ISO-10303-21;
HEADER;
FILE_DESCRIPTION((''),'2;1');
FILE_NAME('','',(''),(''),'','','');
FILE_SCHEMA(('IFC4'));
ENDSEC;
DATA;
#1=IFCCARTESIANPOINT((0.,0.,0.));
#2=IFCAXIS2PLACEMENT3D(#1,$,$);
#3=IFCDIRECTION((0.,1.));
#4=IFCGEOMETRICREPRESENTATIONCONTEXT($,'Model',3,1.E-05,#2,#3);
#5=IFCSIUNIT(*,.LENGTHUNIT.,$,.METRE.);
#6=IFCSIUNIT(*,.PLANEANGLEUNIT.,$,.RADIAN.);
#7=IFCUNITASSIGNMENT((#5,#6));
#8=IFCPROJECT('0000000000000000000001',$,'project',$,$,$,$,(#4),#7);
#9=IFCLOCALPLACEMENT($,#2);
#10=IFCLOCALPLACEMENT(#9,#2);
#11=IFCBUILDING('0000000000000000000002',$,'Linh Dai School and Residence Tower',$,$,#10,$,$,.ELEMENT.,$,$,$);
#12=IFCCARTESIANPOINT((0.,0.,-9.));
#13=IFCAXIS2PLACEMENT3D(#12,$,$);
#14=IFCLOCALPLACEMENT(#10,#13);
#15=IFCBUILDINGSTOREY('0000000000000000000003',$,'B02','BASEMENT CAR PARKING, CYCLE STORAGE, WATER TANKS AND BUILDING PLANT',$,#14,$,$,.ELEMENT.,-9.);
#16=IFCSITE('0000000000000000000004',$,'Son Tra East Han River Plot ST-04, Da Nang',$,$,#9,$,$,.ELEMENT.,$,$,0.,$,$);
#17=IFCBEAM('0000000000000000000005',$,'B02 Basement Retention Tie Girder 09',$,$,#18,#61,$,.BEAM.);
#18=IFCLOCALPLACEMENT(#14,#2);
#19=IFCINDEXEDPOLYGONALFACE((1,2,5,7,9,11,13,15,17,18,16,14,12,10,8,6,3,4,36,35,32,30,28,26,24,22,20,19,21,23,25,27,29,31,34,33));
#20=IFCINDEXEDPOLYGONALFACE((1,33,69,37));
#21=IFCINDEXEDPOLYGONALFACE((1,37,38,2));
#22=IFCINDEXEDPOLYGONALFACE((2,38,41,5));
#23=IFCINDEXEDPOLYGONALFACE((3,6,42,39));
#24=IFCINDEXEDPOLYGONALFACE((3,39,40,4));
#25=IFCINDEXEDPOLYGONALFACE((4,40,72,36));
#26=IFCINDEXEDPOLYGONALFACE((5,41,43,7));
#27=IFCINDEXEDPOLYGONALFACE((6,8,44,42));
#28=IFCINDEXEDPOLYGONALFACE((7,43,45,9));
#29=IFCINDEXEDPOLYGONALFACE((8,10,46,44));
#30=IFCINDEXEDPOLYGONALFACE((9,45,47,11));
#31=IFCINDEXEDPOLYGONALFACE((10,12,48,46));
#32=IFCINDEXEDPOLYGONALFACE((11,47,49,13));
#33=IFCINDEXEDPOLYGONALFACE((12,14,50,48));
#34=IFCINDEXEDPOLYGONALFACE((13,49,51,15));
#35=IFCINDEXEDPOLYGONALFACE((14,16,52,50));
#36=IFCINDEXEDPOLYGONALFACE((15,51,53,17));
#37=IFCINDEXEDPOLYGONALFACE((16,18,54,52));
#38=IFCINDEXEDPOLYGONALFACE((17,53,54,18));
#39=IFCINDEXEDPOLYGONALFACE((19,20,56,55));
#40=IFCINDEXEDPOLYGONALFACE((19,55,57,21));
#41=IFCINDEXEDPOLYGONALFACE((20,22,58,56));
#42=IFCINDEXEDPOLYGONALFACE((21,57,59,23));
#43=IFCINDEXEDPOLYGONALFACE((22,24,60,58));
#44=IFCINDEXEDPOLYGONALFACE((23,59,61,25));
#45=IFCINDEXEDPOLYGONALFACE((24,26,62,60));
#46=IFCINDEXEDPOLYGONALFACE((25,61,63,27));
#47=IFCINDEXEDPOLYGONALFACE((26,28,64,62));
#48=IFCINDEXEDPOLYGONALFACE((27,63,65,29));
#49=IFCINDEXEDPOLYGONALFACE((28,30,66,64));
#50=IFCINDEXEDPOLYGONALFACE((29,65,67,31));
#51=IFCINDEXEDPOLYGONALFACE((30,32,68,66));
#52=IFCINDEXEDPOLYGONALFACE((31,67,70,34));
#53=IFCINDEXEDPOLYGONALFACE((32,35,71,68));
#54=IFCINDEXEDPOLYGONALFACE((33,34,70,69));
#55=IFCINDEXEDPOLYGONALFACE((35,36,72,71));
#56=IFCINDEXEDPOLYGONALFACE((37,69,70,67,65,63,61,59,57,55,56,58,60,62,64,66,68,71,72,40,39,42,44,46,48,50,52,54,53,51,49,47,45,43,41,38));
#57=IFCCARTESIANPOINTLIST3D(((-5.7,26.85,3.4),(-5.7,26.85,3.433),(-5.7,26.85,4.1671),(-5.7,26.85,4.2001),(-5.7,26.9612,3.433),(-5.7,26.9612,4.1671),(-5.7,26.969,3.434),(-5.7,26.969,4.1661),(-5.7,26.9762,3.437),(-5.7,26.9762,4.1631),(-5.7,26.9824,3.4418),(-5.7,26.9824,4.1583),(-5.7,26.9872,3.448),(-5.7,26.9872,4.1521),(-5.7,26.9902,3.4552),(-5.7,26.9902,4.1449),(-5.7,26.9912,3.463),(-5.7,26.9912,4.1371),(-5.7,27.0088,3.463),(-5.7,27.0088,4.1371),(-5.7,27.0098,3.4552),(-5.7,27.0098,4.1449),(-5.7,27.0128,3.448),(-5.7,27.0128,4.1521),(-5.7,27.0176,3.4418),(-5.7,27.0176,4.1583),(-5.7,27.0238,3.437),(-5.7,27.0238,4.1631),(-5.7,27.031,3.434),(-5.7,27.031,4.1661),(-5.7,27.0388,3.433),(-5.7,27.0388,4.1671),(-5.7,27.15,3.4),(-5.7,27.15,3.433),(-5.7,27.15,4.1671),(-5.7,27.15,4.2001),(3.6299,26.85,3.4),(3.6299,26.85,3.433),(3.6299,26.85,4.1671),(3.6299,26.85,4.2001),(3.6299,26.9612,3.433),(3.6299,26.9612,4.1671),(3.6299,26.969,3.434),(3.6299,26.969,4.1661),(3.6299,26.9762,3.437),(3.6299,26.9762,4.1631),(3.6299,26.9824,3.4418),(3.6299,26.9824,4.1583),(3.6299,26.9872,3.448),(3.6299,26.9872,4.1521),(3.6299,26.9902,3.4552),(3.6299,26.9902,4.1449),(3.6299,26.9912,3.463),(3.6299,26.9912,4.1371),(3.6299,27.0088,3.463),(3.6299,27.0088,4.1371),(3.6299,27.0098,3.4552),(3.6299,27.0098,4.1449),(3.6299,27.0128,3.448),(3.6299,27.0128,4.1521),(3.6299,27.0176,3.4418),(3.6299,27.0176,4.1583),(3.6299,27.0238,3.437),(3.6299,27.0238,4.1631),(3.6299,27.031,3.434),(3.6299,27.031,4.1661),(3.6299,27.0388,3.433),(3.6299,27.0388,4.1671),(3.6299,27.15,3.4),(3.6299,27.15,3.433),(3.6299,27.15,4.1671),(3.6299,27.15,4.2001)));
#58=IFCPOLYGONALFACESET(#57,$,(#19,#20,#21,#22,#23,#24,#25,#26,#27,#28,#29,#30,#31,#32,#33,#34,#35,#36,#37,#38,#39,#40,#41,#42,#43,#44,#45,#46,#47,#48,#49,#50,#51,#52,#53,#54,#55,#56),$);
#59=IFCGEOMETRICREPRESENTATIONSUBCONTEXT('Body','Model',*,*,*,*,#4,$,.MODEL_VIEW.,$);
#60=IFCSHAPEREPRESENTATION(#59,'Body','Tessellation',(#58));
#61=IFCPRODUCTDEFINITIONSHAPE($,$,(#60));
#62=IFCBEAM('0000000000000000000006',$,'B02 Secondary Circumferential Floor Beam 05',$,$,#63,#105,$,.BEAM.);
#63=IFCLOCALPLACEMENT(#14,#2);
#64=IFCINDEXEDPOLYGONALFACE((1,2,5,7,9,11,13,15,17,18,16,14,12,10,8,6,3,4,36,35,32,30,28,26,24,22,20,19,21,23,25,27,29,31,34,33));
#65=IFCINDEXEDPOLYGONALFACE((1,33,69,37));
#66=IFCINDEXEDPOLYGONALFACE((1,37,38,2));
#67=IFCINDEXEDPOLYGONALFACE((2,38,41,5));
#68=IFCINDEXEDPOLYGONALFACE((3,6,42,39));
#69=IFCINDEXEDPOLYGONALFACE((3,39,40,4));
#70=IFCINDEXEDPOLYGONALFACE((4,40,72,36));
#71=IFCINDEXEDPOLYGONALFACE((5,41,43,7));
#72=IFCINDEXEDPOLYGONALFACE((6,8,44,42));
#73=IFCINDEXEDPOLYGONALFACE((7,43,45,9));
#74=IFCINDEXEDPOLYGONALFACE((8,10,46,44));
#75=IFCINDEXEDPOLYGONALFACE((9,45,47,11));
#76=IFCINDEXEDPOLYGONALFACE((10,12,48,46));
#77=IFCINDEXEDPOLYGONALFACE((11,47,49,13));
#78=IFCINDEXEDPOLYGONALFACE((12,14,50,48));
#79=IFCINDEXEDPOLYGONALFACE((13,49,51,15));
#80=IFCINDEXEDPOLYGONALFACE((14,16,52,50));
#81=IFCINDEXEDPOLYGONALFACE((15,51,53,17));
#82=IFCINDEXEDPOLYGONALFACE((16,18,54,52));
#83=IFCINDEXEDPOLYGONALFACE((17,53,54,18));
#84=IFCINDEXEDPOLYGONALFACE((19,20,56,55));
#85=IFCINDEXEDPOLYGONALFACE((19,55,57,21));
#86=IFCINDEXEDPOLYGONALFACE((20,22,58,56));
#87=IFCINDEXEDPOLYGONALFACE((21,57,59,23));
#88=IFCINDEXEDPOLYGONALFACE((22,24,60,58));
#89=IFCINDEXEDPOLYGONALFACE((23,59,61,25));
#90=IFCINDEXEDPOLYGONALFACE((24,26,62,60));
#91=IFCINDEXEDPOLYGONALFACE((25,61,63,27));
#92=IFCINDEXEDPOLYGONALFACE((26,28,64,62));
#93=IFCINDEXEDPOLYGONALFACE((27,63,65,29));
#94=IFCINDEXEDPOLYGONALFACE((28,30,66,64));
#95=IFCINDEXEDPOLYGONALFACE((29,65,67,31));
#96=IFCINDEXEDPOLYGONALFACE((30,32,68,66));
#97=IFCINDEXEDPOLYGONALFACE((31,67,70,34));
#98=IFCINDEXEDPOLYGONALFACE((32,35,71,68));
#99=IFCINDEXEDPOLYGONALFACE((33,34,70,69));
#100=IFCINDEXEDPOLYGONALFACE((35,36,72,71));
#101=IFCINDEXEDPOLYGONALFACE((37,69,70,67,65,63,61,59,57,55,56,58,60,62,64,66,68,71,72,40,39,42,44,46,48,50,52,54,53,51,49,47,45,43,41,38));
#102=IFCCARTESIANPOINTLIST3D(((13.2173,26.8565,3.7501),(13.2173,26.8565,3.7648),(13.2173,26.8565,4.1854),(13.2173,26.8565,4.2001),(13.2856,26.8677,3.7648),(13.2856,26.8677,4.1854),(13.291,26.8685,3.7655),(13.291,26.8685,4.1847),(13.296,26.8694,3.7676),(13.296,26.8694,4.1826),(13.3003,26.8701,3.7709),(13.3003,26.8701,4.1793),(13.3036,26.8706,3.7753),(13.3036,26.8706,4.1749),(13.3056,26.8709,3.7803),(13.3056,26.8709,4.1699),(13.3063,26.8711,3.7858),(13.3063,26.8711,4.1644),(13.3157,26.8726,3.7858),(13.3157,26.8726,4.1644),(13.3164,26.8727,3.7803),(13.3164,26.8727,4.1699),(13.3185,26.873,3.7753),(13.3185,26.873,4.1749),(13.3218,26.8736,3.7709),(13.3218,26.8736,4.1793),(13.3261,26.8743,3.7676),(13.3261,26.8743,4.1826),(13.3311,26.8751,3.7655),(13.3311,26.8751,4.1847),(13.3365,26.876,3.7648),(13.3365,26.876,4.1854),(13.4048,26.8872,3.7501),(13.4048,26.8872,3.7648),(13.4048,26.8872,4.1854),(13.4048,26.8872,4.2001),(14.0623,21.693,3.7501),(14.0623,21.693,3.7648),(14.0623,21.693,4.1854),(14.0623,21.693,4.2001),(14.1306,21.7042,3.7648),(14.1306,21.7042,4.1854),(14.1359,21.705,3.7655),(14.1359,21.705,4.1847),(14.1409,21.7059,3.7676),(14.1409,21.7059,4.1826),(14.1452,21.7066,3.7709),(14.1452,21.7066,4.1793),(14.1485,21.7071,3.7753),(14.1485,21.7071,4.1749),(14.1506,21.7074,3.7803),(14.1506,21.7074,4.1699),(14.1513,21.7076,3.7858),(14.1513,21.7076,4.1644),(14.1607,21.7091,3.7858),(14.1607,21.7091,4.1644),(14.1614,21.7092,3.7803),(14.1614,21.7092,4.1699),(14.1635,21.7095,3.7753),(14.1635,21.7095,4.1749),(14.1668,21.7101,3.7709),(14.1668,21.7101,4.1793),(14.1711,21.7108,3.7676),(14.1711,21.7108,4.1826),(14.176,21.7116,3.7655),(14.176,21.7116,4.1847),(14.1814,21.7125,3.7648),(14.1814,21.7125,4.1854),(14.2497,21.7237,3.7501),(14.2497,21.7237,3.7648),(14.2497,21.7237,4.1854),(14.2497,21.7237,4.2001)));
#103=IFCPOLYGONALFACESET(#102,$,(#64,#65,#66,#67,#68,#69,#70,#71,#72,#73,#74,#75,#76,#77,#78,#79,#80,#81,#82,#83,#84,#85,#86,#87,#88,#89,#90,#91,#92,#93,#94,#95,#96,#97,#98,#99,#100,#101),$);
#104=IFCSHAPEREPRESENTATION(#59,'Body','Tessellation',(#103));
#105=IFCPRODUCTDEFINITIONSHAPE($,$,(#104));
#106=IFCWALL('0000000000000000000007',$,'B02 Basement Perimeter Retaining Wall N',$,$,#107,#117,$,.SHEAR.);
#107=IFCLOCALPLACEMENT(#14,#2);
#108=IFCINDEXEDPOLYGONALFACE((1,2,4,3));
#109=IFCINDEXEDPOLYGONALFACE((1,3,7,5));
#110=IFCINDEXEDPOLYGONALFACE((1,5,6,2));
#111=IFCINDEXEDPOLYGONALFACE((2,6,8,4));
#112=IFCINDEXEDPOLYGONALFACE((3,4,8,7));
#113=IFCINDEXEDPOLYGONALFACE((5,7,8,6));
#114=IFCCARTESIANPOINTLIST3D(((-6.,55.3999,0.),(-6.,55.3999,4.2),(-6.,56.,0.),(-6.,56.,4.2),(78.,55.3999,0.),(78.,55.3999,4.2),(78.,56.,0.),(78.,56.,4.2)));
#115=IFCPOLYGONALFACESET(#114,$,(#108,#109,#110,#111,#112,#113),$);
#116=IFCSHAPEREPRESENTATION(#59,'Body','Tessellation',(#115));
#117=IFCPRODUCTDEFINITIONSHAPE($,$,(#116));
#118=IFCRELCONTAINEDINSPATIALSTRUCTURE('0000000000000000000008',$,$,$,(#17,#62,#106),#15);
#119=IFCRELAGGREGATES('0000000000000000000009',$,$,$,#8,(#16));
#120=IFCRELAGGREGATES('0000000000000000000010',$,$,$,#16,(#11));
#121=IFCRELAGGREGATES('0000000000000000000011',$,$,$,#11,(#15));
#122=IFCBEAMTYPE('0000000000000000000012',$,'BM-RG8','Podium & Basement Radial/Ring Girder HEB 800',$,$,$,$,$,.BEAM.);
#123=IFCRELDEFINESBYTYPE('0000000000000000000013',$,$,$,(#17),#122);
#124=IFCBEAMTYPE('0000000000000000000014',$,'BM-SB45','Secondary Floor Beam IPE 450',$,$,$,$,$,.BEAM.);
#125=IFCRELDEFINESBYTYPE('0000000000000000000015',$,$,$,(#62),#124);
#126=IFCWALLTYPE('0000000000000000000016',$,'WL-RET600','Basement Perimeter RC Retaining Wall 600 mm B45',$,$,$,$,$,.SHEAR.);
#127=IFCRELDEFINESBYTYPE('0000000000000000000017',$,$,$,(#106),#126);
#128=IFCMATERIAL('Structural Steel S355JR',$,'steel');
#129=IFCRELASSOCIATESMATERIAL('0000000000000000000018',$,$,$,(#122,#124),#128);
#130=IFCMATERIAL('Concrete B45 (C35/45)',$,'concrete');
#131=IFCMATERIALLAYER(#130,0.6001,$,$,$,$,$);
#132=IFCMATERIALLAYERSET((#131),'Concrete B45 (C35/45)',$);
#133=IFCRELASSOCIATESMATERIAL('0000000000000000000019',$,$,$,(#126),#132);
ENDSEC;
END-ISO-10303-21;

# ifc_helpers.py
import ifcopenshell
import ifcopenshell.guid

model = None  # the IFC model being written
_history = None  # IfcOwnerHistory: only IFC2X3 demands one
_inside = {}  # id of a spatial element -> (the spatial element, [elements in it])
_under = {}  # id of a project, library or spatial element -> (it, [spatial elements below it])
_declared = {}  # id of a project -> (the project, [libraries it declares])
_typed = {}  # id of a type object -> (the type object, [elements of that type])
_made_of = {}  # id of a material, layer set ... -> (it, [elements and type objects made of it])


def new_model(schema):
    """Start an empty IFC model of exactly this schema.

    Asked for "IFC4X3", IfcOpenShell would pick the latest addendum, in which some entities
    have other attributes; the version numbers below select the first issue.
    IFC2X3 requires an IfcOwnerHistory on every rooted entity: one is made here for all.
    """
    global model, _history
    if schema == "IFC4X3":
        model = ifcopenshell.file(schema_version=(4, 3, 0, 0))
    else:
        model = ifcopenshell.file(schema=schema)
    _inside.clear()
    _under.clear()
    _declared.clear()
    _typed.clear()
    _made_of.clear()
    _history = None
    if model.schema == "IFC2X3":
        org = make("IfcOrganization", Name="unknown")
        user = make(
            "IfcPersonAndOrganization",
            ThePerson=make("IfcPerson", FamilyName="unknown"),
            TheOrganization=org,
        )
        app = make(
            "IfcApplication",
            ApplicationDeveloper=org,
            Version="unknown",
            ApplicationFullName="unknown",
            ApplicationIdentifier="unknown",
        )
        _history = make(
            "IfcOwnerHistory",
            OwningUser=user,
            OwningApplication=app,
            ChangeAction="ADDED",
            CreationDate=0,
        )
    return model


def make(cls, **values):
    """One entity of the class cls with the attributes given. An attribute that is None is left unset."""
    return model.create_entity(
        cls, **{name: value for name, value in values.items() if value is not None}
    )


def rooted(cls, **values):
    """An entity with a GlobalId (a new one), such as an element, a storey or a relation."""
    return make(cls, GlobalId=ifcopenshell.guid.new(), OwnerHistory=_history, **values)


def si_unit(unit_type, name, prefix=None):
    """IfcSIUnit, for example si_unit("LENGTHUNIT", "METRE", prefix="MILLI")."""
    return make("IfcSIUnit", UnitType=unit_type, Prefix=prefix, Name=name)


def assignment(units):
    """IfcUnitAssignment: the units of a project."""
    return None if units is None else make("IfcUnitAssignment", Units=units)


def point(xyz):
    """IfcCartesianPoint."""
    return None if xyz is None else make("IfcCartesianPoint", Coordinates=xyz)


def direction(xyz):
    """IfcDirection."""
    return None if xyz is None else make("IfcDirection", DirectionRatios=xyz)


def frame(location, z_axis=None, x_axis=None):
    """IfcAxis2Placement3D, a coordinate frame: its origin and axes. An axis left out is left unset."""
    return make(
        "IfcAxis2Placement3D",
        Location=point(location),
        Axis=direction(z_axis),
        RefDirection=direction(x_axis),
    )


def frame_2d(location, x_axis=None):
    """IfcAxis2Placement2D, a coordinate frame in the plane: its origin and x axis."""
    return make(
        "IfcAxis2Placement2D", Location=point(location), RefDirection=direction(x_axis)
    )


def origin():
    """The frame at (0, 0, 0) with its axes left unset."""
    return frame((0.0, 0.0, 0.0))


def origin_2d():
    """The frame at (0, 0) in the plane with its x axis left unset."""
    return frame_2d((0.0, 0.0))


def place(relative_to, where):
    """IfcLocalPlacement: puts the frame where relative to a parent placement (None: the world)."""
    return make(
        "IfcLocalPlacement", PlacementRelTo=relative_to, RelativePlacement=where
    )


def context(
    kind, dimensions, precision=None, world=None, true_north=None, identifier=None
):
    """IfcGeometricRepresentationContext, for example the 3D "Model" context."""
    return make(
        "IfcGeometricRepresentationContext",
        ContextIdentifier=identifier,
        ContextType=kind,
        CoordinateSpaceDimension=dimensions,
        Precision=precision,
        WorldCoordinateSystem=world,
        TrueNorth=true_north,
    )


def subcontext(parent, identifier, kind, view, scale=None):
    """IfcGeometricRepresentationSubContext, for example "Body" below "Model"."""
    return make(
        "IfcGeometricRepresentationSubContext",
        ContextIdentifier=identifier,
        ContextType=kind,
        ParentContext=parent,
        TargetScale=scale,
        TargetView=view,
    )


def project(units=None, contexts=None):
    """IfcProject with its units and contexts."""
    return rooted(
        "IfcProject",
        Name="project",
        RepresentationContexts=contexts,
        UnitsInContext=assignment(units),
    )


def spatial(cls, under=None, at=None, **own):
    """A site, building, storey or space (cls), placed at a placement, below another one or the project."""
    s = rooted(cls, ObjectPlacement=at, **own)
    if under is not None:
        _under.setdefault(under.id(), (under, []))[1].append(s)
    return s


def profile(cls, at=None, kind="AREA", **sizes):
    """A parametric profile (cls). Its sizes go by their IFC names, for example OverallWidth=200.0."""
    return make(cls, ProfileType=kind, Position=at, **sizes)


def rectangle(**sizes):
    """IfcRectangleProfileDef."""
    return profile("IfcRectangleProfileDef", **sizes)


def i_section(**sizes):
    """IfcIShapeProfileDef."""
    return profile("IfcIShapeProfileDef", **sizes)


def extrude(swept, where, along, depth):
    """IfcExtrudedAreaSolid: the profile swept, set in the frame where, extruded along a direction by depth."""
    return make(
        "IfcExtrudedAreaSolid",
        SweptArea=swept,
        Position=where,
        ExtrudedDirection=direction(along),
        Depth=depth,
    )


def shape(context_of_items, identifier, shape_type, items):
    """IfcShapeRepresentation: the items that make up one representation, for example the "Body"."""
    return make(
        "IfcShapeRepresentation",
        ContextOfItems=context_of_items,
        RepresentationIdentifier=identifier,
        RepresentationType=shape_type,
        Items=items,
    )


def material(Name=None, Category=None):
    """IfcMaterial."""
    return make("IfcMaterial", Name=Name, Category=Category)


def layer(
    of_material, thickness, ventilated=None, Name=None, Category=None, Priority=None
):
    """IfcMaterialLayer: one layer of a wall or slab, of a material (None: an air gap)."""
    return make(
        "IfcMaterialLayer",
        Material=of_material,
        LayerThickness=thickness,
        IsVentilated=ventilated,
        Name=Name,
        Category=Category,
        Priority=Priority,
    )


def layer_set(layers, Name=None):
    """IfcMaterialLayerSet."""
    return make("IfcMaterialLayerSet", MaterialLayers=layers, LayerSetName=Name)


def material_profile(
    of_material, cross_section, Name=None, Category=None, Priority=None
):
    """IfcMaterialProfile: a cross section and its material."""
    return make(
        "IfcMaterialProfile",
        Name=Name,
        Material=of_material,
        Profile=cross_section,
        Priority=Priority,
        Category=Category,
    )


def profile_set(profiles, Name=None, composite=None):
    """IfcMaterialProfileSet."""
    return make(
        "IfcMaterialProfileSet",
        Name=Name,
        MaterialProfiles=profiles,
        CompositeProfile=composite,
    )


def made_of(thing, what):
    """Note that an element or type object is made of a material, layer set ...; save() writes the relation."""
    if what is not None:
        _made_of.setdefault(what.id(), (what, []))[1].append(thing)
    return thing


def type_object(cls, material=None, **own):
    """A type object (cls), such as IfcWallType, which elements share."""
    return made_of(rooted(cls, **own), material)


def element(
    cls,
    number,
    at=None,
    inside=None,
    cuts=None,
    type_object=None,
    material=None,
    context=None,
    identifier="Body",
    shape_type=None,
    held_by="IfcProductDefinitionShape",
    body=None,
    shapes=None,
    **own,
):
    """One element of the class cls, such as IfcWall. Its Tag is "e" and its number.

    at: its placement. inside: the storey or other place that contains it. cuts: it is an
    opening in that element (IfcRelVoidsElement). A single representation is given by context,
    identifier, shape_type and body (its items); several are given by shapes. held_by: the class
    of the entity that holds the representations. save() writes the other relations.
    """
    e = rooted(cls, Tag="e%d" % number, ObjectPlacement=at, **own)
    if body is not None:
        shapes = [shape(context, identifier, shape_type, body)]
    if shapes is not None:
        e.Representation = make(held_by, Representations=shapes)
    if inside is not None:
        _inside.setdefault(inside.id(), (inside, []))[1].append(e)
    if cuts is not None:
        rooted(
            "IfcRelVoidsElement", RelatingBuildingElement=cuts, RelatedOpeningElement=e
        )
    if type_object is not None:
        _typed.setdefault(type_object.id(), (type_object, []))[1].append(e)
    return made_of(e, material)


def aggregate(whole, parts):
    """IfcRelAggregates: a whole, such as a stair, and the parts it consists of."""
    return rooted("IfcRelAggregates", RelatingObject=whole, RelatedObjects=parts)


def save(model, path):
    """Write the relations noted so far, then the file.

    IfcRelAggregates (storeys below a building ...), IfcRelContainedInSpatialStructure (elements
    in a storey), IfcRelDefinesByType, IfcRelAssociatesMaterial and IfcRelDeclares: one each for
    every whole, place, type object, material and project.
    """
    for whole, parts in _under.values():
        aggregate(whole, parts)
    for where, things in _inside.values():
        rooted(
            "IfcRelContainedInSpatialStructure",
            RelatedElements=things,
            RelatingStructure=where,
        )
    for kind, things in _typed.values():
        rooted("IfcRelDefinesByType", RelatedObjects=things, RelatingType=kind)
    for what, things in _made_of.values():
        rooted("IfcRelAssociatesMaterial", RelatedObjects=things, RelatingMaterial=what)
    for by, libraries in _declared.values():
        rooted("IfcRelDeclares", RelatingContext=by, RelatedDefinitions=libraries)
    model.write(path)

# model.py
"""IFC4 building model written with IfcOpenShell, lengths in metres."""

from ifc_helpers import new_model, si_unit, direction, frame, frame_2d, origin, origin_2d, place, context, subcontext, project, spatial, rectangle, i_section, extrude, material, layer, layer_set, material_profile, profile_set, type_object, element, save


model = new_model("IFC4")

# Units and contexts
model_context = context("Model", 3, precision=1e-05, world=origin(), true_north=direction((0.0, 1.0)))
body_context = subcontext(model_context, "Body", "Model", "MODEL_VIEW")
ifc_project = project(units=[si_unit("LENGTHUNIT", "METRE"), si_unit("PLANEANGLEUNIT", "RADIAN")], contexts=[model_context])

# Site, building, storey
site_placement = place(None, origin())
site = spatial("IfcSite", under=ifc_project, at=site_placement, Name="Son Tra East Han River Plot ST-04, Da Nang", CompositionType="ELEMENT", RefElevation=0.0)
building_placement = place(site_placement, origin())
building = spatial("IfcBuilding", under=site, at=building_placement, Name="Linh Dai School and Residence Tower", CompositionType="ELEMENT")
storey_placement = place(building_placement, frame((0.0, 0.0, -9.0)))
storey = spatial("IfcBuildingStorey", under=building, at=storey_placement, Name="B02", Description="BASEMENT CAR PARKING, CYCLE STORAGE, WATER TANKS AND BUILDING PLANT", CompositionType="ELEMENT", Elevation=-9.0)

# Shared definitions
ifc_material_1 = material(Name="Concrete B45 (C35/45)", Category="concrete")

# Shared definitions
ifc_material_2 = material(Name="Structural Steel S355JR", Category="steel")

# Beams
ifc_material_profile_1 = material_profile(ifc_material_2, i_section(OverallWidth=0.3, OverallDepth=0.8, WebThickness=0.0176, FlangeThickness=0.033, FilletRadius=0.03, at=origin_2d()), Name="HEB 800")
ifc_profile_set_1 = profile_set([ifc_material_profile_1], Name="Structural Steel S355JR")
beam_type_1 = type_object("IfcBeamType", Name="BM-RG8", Description="Podium & Basement Radial/Ring Girder HEB 800", PredefinedType="BEAM", material=ifc_profile_set_1)
beam_1_placement = place(storey_placement, frame((3.6299, 27.0, 3.8), z_axis=(-1.0, 0.0, 0.0), x_axis=(0.0, -1.0, 0.0)))
element("IfcBeam", 1, at=beam_1_placement, inside=storey, type_object=beam_type_1, Name="B02 Basement Retention Tie Girder 09", PredefinedType="BEAM", context=body_context, shape_type="SweptSolid", body=[
    extrude(i_section(OverallWidth=0.3, OverallDepth=0.8, WebThickness=0.0176, FlangeThickness=0.033, FilletRadius=0.03, at=origin_2d()), origin(), (0.0, 0.0, 1.0), 9.3298),
])
ifc_material_profile_2 = material_profile(ifc_material_2, i_section(OverallWidth=0.1899, OverallDepth=0.45, WebThickness=0.0095, FlangeThickness=0.0146, FilletRadius=0.021, at=origin_2d()), Name="IPE 450")
ifc_profile_set_2 = profile_set([ifc_material_profile_2], Name="Structural Steel S355JR")
beam_type_2 = type_object("IfcBeamType", Name="BM-SB45", Description="Secondary Floor Beam IPE 450", PredefinedType="BEAM", material=ifc_profile_set_2)
beam_2_placement = place(storey_placement, frame((13.311, 26.8718, 3.9751), z_axis=(0.161493, -0.986874, 0.0), x_axis=(0.986874, 0.161493, 0.0)))
element("IfcBeam", 2, at=beam_2_placement, inside=storey, type_object=beam_type_2, Name="B02 Secondary Circumferential Floor Beam 05", PredefinedType="BEAM", context=body_context, shape_type="SweptSolid", body=[
    extrude(i_section(OverallWidth=0.1899, OverallDepth=0.45, WebThickness=0.0095, FlangeThickness=0.0146, FilletRadius=0.021, at=origin_2d()), origin(), (0.0, 0.0, 1.0), 5.2322),
])

# Wall
ifc_layer = layer(ifc_material_1, 0.6001)
ifc_layer_set = layer_set([ifc_layer], Name="Concrete B45 (C35/45)")
wall_type = type_object("IfcWallType", Name="WL-RET600", Description="Basement Perimeter RC Retaining Wall 600 mm B45", PredefinedType="SHEAR", material=ifc_layer_set)
wall_placement = place(storey_placement, frame((-6.0, 55.7, 0.0), z_axis=(0.0, 0.0, 1.0), x_axis=(1.0, 0.0, 0.0)))
element("IfcWall", 3, at=wall_placement, inside=storey, type_object=wall_type, Name="B02 Basement Perimeter Retaining Wall N", PredefinedType="SHEAR", context=body_context, shape_type="SweptSolid", body=[
    extrude(rectangle(XDim=84.0, YDim=0.6001, at=frame_2d((42.0, 0.0))), origin(), (0.0, 0.0, 1.0), 4.2),
])

save(model, "model.ifc")
